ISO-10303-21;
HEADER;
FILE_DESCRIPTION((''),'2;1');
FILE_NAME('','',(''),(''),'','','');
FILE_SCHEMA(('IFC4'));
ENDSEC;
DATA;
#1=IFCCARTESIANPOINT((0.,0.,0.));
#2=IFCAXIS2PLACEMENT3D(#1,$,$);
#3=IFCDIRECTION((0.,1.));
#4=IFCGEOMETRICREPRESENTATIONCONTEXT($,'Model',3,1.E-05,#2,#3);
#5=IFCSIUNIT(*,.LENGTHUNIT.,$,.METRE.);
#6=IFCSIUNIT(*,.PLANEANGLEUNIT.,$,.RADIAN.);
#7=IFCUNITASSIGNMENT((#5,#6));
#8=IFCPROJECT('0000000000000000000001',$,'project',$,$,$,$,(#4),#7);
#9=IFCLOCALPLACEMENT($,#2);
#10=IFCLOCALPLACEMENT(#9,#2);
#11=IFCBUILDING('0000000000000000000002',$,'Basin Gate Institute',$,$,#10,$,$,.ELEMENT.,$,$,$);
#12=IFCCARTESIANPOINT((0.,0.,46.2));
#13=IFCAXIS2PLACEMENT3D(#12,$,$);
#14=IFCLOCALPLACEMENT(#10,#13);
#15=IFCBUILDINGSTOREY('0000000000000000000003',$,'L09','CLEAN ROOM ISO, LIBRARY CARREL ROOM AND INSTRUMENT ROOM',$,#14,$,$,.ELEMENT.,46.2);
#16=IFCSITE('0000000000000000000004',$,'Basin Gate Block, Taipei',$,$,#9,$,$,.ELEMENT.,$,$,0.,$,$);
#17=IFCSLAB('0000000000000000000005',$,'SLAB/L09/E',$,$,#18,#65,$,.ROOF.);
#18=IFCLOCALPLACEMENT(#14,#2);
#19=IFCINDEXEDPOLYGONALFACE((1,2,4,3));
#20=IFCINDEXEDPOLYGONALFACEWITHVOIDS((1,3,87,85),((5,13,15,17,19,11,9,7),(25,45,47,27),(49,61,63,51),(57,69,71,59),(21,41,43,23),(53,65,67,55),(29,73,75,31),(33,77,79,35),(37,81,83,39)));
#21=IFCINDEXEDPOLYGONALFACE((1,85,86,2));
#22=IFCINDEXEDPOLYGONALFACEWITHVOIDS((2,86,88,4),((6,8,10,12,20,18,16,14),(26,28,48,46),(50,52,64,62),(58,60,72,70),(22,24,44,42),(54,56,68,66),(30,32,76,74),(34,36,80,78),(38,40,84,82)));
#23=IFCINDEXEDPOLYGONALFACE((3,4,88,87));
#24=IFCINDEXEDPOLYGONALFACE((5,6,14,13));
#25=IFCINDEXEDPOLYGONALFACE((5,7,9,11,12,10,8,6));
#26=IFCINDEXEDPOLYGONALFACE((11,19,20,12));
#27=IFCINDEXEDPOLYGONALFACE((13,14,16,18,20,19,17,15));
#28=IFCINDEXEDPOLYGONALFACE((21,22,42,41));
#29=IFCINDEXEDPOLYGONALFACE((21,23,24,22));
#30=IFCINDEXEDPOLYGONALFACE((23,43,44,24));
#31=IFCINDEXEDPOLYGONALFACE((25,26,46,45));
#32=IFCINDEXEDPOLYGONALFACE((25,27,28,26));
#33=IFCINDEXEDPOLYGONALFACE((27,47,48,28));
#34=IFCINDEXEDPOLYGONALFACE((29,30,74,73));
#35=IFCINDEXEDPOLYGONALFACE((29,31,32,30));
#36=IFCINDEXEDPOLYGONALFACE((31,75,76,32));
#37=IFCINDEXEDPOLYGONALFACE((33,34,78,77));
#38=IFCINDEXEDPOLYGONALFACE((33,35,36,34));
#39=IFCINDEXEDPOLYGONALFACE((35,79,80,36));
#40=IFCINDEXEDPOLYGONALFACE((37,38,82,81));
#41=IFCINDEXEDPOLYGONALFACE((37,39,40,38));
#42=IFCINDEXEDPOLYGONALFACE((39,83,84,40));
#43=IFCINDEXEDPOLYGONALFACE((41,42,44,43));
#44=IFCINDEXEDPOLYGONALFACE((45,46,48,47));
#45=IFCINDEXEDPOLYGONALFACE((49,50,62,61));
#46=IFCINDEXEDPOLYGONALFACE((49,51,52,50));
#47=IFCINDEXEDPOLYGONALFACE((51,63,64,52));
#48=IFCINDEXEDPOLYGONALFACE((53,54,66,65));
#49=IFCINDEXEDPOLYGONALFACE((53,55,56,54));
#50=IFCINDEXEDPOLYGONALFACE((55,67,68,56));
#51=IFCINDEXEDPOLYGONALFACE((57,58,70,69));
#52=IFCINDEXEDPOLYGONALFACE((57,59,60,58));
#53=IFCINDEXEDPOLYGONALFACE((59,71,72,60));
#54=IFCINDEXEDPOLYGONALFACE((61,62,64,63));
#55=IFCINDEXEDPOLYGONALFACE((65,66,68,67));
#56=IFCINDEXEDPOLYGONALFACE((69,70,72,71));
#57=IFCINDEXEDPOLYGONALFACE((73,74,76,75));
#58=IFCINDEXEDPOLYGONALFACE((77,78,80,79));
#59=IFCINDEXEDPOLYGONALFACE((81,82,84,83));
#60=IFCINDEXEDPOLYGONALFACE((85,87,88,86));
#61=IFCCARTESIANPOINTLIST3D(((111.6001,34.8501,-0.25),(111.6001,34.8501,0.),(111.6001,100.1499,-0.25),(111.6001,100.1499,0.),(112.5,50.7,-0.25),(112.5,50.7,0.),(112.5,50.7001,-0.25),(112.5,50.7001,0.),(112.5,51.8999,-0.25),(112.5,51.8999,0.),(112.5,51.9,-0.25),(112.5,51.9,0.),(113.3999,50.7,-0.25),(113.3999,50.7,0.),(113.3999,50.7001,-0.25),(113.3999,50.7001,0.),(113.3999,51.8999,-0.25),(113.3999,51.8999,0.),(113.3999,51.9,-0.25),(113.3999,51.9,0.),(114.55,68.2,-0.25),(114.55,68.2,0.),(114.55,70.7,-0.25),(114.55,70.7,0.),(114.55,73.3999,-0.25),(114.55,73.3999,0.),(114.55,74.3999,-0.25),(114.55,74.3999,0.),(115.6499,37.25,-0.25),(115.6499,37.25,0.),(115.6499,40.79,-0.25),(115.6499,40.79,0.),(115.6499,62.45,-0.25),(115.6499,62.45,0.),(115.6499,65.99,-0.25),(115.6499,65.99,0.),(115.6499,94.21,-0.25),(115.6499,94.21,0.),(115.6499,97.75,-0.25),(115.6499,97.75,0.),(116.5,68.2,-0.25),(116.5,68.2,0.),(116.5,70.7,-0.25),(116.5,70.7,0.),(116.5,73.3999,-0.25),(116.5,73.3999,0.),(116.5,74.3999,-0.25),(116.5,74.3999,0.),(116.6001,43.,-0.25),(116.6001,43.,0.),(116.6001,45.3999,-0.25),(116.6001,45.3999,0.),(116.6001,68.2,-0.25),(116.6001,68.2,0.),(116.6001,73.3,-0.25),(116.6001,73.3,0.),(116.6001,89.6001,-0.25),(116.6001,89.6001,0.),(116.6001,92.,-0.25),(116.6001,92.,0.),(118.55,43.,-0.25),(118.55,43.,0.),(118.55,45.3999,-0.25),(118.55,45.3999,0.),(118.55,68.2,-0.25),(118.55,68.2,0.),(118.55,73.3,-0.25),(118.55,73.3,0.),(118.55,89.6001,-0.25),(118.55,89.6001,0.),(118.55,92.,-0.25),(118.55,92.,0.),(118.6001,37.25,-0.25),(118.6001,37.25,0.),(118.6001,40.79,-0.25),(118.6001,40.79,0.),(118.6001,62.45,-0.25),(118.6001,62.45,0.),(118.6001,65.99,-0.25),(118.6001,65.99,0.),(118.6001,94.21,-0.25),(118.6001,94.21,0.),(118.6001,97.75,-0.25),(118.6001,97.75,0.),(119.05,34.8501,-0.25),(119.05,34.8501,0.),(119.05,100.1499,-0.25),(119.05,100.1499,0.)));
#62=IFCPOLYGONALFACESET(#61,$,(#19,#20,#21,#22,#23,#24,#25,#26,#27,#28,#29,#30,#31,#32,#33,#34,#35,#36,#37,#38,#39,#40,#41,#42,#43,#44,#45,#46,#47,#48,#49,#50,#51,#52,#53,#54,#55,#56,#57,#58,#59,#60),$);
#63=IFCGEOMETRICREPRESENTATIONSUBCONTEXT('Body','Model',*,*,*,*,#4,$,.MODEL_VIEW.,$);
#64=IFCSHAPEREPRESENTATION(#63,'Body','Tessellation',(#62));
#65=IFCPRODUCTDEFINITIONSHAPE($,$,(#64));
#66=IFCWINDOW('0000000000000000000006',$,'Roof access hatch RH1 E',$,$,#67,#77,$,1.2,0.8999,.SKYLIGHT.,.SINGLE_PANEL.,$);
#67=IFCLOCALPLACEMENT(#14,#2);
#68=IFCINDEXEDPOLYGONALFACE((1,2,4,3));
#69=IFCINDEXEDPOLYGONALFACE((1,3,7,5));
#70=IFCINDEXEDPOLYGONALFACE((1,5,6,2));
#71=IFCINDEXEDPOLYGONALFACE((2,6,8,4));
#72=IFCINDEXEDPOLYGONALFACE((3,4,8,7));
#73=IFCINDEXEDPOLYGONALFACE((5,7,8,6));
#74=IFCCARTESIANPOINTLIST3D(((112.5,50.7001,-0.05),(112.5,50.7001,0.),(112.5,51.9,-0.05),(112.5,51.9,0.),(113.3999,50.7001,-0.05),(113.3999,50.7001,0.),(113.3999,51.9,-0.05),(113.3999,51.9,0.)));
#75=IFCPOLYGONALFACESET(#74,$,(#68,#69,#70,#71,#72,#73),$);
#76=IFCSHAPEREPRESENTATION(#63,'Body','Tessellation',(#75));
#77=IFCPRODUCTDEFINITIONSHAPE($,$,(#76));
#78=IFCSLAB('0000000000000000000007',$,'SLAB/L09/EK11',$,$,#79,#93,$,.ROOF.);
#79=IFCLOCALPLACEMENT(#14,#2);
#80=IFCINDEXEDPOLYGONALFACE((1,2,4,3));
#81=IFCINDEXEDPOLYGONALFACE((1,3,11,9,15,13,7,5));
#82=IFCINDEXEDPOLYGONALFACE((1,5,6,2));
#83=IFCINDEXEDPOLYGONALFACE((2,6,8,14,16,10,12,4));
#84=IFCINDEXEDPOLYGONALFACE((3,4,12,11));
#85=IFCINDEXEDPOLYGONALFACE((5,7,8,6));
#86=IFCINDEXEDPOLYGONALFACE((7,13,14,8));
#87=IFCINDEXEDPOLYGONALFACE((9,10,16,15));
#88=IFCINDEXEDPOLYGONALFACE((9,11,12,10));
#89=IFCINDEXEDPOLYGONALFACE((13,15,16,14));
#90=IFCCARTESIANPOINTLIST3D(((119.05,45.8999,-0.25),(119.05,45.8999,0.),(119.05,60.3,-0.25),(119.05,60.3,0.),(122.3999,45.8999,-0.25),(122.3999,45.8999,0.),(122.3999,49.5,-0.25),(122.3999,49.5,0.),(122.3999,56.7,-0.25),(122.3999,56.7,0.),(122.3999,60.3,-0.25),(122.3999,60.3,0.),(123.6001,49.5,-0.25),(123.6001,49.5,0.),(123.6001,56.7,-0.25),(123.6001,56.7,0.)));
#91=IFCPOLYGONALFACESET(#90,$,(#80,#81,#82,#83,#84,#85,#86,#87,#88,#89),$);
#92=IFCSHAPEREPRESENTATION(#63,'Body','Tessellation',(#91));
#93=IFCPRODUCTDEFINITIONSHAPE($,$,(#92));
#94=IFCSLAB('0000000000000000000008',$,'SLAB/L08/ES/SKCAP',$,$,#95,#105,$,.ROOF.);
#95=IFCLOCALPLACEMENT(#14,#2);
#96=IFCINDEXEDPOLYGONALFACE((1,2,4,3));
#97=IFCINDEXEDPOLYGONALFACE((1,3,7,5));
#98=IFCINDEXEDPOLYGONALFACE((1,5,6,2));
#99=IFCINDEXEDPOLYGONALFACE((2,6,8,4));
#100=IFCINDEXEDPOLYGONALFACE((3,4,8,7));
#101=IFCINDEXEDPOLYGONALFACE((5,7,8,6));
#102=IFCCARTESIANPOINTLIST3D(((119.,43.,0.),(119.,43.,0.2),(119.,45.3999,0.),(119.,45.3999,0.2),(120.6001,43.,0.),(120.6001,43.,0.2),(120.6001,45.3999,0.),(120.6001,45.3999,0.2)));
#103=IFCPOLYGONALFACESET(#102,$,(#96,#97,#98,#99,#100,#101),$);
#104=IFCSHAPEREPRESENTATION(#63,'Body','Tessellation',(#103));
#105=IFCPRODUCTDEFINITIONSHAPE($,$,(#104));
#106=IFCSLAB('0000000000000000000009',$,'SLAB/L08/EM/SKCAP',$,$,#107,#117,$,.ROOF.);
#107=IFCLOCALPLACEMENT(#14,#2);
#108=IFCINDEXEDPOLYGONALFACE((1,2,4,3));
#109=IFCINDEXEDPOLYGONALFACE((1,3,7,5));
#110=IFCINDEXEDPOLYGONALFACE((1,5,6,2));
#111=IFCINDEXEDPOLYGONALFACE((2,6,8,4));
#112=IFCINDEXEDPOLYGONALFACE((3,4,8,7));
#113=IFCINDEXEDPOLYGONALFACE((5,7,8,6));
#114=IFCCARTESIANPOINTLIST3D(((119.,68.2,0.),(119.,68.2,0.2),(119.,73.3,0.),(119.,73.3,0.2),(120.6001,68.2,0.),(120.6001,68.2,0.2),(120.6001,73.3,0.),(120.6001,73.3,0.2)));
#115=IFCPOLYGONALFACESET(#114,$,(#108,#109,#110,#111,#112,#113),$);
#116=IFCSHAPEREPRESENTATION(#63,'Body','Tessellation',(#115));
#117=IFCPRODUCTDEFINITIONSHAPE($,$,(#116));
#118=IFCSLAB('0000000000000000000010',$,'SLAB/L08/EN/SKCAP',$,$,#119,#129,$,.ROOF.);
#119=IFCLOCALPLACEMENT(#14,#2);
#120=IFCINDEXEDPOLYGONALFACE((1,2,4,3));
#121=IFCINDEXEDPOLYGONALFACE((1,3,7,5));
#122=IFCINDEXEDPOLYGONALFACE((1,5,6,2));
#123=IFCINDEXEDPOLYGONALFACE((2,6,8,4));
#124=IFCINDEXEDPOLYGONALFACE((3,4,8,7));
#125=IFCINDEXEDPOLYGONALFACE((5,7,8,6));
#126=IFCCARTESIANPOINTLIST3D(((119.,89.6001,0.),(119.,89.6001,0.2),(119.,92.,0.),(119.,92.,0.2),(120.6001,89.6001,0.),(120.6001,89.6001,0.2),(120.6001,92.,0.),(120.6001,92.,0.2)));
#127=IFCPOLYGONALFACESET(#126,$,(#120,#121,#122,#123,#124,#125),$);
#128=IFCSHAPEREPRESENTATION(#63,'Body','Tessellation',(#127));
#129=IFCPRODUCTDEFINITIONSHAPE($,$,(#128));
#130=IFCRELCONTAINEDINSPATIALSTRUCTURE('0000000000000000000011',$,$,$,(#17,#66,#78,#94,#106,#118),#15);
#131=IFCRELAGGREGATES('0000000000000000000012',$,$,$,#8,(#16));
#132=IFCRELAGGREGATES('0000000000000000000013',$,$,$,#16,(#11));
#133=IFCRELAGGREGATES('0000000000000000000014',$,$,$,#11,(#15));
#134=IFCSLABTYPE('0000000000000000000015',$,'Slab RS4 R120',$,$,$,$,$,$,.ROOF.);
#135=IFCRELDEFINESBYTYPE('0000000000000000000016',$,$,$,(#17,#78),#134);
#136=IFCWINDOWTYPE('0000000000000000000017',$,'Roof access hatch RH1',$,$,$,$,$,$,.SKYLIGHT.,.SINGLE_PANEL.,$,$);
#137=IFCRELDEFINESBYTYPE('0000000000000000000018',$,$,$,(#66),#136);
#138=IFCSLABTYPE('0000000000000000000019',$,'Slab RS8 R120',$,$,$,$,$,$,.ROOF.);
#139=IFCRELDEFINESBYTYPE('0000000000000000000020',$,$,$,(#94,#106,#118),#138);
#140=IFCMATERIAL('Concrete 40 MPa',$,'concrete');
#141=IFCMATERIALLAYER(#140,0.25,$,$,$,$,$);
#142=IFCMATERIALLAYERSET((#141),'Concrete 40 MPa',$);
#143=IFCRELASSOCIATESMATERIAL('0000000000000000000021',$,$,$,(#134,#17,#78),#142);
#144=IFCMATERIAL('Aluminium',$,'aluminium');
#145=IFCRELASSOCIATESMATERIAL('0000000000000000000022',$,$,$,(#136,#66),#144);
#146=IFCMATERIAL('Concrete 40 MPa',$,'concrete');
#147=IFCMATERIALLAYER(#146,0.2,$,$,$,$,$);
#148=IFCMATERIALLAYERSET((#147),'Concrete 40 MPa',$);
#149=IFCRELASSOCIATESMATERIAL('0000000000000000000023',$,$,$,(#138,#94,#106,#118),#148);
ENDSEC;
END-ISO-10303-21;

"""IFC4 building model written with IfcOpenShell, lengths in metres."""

from ifc_helpers import new_model, si_unit, direction, frame, origin, origin_2d, place, context, subcontext, project, spatial, polyline, rectangle, outline, extrude, material, layer, layer_set, type_object, element, fill, save


model = new_model("IFC4")

# Units and contexts
model_context = context("Model", 3, precision=1e-05, world=origin(), true_north=direction((0.0, 1.0)))
body_context = subcontext(model_context, "Body", "Model", "MODEL_VIEW")
ifc_project = project(units=[si_unit("LENGTHUNIT", "METRE"), si_unit("PLANEANGLEUNIT", "RADIAN")], contexts=[model_context])

# Site, building, storey
site_placement = place(None, origin())
site = spatial("IfcSite", under=ifc_project, at=site_placement, Name="Basin Gate Block, Taipei", CompositionType="ELEMENT", RefElevation=0.0)
building_placement = place(site_placement, origin())
building = spatial("IfcBuilding", under=site, at=building_placement, Name="Basin Gate Institute", CompositionType="ELEMENT")
storey_placement = place(building_placement, frame((0.0, 0.0, 46.2)))
storey = spatial("IfcBuildingStorey", under=building, at=storey_placement, Name="L09", Description="CLEAN ROOM ISO, LIBRARY CARREL ROOM AND INSTRUMENT ROOM", CompositionType="ELEMENT", Elevation=46.2)

# Slab, opening, window
ifc_material_1 = material(Name="Concrete 40 MPa", Category="concrete")
ifc_layer_1 = layer(ifc_material_1, 0.25)
ifc_layer_set_1 = layer_set([ifc_layer_1], Name="Concrete 40 MPa")
slab_type_1 = type_object("IfcSlabType", Name="Slab RS4 R120", PredefinedType="ROOF", material=ifc_layer_set_1)
slab_1_placement = place(storey_placement, frame((0.0, 0.0, -0.25)))
slab_1 = element("IfcSlab", 1, at=slab_1_placement, inside=storey, type_object=slab_type_1, material=ifc_layer_set_1, Name="SLAB/L09/E", PredefinedType="ROOF", context=body_context, shape_type="SweptSolid", body=[
    extrude(outline(polyline([(119.05, 100.1499), (111.6001, 100.1499), (111.6001, 34.8501), (119.05, 34.8501), (119.05, 100.1499)]), holes=[polyline([(118.6001, 40.79), (115.6499, 40.79), (115.6499, 37.25), (118.6001, 37.25), (118.6001, 40.79)]), polyline([(118.6001, 65.99), (115.6499, 65.99), (115.6499, 62.45), (118.6001, 62.45), (118.6001, 65.99)]), polyline([(118.6001, 97.75), (115.6499, 97.75), (115.6499, 94.21), (118.6001, 94.21), (118.6001, 97.75)]), polyline([(118.55, 45.3999), (116.6001, 45.3999), (116.6001, 43.0), (118.55, 43.0), (118.55, 45.3999)]), polyline([(118.55, 73.3), (116.6001, 73.3), (116.6001, 68.2), (118.55, 68.2), (118.55, 73.3)]), polyline([(116.5, 74.3999), (114.55, 74.3999), (114.55, 73.3999), (116.5, 73.3999), (116.5, 74.3999)]), polyline([(118.55, 92.0), (116.6001, 92.0), (116.6001, 89.6001), (118.55, 89.6001), (118.55, 92.0)]), polyline([(116.5, 70.7), (114.55, 70.7), (114.55, 68.2), (116.5, 68.2), (116.5, 70.7)]), polyline([(112.5, 50.7), (113.3999, 50.7), (113.3999, 51.8999), (112.5, 51.8999), (112.5, 50.7)])]), origin(), (0.0, 0.0, 1.0), 0.25),
])
opening_placement = place(slab_1_placement, frame((112.95, 51.3, 0.0)))
opening = element("IfcOpeningElement", 2, at=opening_placement, cuts=slab_1, PredefinedType="OPENING", context=body_context, shape_type="SweptSolid", body=[
    extrude(rectangle(XDim=0.8999, YDim=1.2, at=origin_2d()), origin(), (0.0, 0.0, 1.0), 0.25),
])
ifc_material_2 = material(Name="Aluminium", Category="aluminium")
window_type = type_object("IfcWindowType", Name="Roof access hatch RH1", PartitioningType="SINGLE_PANEL", PredefinedType="SKYLIGHT", material=ifc_material_2)
window_placement = place(opening_placement, frame((0.0, 0.0, 0.2)))
window = element("IfcWindow", 3, at=window_placement, inside=storey, type_object=window_type, material=ifc_material_2, Name="Roof access hatch RH1 E", OverallHeight=1.2, OverallWidth=0.8999, PartitioningType="SINGLE_PANEL", PredefinedType="SKYLIGHT", context=body_context, shape_type="SweptSolid", body=[
    extrude(rectangle(XDim=0.8999, YDim=1.2, at=origin_2d()), origin(), (0.0, 0.0, 1.0), 0.05),
])
fill(opening, window)

# Slabs
slab_2_placement = place(storey_placement, frame((0.0, 0.0, -0.25)))
element("IfcSlab", 4, at=slab_2_placement, inside=storey, type_object=slab_type_1, material=ifc_layer_set_1, Name="SLAB/L09/EK11", PredefinedType="ROOF", context=body_context, shape_type="SweptSolid", body=[
    extrude(outline(polyline([(119.05, 45.8999), (119.05, 60.3), (122.3999, 60.3), (122.3999, 56.7), (123.6001, 56.7), (123.6001, 49.5), (122.3999, 49.5), (122.3999, 45.8999), (119.05, 45.8999)])), origin(), (0.0, 0.0, 1.0), 0.25),
])
ifc_material_3 = material(Name="Concrete 40 MPa", Category="concrete")
ifc_layer_2 = layer(ifc_material_3, 0.2)
ifc_layer_set_2 = layer_set([ifc_layer_2], Name="Concrete 40 MPa")
slab_type_2 = type_object("IfcSlabType", Name="Slab RS8 R120", PredefinedType="ROOF", material=ifc_layer_set_2)
slab_3_placement = place(storey_placement, origin())
element("IfcSlab", 5, at=slab_3_placement, inside=storey, type_object=slab_type_2, material=ifc_layer_set_2, Name="SLAB/L08/ES/SKCAP", PredefinedType="ROOF", context=body_context, shape_type="SweptSolid", body=[
    extrude(outline(polyline([(119.0, 43.0), (120.6001, 43.0), (120.6001, 45.3999), (119.0, 45.3999), (119.0, 43.0)])), origin(), (0.0, 0.0, 1.0), 0.2),
])
slab_4_placement = place(storey_placement, origin())
element("IfcSlab", 6, at=slab_4_placement, inside=storey, type_object=slab_type_2, material=ifc_layer_set_2, Name="SLAB/L08/EM/SKCAP", PredefinedType="ROOF", context=body_context, shape_type="SweptSolid", body=[
    extrude(outline(polyline([(119.0, 68.2), (120.6001, 68.2), (120.6001, 73.3), (119.0, 73.3), (119.0, 68.2)])), origin(), (0.0, 0.0, 1.0), 0.2),
])
slab_5_placement = place(storey_placement, origin())
element("IfcSlab", 7, at=slab_5_placement, inside=storey, type_object=slab_type_2, material=ifc_layer_set_2, Name="SLAB/L08/EN/SKCAP", PredefinedType="ROOF", context=body_context, shape_type="SweptSolid", body=[
    extrude(outline(polyline([(119.0, 89.6001), (120.6001, 89.6001), (120.6001, 92.0), (119.0, 92.0), (119.0, 89.6001)])), origin(), (0.0, 0.0, 1.0), 0.2),
])

save(model, "model.ifc")
